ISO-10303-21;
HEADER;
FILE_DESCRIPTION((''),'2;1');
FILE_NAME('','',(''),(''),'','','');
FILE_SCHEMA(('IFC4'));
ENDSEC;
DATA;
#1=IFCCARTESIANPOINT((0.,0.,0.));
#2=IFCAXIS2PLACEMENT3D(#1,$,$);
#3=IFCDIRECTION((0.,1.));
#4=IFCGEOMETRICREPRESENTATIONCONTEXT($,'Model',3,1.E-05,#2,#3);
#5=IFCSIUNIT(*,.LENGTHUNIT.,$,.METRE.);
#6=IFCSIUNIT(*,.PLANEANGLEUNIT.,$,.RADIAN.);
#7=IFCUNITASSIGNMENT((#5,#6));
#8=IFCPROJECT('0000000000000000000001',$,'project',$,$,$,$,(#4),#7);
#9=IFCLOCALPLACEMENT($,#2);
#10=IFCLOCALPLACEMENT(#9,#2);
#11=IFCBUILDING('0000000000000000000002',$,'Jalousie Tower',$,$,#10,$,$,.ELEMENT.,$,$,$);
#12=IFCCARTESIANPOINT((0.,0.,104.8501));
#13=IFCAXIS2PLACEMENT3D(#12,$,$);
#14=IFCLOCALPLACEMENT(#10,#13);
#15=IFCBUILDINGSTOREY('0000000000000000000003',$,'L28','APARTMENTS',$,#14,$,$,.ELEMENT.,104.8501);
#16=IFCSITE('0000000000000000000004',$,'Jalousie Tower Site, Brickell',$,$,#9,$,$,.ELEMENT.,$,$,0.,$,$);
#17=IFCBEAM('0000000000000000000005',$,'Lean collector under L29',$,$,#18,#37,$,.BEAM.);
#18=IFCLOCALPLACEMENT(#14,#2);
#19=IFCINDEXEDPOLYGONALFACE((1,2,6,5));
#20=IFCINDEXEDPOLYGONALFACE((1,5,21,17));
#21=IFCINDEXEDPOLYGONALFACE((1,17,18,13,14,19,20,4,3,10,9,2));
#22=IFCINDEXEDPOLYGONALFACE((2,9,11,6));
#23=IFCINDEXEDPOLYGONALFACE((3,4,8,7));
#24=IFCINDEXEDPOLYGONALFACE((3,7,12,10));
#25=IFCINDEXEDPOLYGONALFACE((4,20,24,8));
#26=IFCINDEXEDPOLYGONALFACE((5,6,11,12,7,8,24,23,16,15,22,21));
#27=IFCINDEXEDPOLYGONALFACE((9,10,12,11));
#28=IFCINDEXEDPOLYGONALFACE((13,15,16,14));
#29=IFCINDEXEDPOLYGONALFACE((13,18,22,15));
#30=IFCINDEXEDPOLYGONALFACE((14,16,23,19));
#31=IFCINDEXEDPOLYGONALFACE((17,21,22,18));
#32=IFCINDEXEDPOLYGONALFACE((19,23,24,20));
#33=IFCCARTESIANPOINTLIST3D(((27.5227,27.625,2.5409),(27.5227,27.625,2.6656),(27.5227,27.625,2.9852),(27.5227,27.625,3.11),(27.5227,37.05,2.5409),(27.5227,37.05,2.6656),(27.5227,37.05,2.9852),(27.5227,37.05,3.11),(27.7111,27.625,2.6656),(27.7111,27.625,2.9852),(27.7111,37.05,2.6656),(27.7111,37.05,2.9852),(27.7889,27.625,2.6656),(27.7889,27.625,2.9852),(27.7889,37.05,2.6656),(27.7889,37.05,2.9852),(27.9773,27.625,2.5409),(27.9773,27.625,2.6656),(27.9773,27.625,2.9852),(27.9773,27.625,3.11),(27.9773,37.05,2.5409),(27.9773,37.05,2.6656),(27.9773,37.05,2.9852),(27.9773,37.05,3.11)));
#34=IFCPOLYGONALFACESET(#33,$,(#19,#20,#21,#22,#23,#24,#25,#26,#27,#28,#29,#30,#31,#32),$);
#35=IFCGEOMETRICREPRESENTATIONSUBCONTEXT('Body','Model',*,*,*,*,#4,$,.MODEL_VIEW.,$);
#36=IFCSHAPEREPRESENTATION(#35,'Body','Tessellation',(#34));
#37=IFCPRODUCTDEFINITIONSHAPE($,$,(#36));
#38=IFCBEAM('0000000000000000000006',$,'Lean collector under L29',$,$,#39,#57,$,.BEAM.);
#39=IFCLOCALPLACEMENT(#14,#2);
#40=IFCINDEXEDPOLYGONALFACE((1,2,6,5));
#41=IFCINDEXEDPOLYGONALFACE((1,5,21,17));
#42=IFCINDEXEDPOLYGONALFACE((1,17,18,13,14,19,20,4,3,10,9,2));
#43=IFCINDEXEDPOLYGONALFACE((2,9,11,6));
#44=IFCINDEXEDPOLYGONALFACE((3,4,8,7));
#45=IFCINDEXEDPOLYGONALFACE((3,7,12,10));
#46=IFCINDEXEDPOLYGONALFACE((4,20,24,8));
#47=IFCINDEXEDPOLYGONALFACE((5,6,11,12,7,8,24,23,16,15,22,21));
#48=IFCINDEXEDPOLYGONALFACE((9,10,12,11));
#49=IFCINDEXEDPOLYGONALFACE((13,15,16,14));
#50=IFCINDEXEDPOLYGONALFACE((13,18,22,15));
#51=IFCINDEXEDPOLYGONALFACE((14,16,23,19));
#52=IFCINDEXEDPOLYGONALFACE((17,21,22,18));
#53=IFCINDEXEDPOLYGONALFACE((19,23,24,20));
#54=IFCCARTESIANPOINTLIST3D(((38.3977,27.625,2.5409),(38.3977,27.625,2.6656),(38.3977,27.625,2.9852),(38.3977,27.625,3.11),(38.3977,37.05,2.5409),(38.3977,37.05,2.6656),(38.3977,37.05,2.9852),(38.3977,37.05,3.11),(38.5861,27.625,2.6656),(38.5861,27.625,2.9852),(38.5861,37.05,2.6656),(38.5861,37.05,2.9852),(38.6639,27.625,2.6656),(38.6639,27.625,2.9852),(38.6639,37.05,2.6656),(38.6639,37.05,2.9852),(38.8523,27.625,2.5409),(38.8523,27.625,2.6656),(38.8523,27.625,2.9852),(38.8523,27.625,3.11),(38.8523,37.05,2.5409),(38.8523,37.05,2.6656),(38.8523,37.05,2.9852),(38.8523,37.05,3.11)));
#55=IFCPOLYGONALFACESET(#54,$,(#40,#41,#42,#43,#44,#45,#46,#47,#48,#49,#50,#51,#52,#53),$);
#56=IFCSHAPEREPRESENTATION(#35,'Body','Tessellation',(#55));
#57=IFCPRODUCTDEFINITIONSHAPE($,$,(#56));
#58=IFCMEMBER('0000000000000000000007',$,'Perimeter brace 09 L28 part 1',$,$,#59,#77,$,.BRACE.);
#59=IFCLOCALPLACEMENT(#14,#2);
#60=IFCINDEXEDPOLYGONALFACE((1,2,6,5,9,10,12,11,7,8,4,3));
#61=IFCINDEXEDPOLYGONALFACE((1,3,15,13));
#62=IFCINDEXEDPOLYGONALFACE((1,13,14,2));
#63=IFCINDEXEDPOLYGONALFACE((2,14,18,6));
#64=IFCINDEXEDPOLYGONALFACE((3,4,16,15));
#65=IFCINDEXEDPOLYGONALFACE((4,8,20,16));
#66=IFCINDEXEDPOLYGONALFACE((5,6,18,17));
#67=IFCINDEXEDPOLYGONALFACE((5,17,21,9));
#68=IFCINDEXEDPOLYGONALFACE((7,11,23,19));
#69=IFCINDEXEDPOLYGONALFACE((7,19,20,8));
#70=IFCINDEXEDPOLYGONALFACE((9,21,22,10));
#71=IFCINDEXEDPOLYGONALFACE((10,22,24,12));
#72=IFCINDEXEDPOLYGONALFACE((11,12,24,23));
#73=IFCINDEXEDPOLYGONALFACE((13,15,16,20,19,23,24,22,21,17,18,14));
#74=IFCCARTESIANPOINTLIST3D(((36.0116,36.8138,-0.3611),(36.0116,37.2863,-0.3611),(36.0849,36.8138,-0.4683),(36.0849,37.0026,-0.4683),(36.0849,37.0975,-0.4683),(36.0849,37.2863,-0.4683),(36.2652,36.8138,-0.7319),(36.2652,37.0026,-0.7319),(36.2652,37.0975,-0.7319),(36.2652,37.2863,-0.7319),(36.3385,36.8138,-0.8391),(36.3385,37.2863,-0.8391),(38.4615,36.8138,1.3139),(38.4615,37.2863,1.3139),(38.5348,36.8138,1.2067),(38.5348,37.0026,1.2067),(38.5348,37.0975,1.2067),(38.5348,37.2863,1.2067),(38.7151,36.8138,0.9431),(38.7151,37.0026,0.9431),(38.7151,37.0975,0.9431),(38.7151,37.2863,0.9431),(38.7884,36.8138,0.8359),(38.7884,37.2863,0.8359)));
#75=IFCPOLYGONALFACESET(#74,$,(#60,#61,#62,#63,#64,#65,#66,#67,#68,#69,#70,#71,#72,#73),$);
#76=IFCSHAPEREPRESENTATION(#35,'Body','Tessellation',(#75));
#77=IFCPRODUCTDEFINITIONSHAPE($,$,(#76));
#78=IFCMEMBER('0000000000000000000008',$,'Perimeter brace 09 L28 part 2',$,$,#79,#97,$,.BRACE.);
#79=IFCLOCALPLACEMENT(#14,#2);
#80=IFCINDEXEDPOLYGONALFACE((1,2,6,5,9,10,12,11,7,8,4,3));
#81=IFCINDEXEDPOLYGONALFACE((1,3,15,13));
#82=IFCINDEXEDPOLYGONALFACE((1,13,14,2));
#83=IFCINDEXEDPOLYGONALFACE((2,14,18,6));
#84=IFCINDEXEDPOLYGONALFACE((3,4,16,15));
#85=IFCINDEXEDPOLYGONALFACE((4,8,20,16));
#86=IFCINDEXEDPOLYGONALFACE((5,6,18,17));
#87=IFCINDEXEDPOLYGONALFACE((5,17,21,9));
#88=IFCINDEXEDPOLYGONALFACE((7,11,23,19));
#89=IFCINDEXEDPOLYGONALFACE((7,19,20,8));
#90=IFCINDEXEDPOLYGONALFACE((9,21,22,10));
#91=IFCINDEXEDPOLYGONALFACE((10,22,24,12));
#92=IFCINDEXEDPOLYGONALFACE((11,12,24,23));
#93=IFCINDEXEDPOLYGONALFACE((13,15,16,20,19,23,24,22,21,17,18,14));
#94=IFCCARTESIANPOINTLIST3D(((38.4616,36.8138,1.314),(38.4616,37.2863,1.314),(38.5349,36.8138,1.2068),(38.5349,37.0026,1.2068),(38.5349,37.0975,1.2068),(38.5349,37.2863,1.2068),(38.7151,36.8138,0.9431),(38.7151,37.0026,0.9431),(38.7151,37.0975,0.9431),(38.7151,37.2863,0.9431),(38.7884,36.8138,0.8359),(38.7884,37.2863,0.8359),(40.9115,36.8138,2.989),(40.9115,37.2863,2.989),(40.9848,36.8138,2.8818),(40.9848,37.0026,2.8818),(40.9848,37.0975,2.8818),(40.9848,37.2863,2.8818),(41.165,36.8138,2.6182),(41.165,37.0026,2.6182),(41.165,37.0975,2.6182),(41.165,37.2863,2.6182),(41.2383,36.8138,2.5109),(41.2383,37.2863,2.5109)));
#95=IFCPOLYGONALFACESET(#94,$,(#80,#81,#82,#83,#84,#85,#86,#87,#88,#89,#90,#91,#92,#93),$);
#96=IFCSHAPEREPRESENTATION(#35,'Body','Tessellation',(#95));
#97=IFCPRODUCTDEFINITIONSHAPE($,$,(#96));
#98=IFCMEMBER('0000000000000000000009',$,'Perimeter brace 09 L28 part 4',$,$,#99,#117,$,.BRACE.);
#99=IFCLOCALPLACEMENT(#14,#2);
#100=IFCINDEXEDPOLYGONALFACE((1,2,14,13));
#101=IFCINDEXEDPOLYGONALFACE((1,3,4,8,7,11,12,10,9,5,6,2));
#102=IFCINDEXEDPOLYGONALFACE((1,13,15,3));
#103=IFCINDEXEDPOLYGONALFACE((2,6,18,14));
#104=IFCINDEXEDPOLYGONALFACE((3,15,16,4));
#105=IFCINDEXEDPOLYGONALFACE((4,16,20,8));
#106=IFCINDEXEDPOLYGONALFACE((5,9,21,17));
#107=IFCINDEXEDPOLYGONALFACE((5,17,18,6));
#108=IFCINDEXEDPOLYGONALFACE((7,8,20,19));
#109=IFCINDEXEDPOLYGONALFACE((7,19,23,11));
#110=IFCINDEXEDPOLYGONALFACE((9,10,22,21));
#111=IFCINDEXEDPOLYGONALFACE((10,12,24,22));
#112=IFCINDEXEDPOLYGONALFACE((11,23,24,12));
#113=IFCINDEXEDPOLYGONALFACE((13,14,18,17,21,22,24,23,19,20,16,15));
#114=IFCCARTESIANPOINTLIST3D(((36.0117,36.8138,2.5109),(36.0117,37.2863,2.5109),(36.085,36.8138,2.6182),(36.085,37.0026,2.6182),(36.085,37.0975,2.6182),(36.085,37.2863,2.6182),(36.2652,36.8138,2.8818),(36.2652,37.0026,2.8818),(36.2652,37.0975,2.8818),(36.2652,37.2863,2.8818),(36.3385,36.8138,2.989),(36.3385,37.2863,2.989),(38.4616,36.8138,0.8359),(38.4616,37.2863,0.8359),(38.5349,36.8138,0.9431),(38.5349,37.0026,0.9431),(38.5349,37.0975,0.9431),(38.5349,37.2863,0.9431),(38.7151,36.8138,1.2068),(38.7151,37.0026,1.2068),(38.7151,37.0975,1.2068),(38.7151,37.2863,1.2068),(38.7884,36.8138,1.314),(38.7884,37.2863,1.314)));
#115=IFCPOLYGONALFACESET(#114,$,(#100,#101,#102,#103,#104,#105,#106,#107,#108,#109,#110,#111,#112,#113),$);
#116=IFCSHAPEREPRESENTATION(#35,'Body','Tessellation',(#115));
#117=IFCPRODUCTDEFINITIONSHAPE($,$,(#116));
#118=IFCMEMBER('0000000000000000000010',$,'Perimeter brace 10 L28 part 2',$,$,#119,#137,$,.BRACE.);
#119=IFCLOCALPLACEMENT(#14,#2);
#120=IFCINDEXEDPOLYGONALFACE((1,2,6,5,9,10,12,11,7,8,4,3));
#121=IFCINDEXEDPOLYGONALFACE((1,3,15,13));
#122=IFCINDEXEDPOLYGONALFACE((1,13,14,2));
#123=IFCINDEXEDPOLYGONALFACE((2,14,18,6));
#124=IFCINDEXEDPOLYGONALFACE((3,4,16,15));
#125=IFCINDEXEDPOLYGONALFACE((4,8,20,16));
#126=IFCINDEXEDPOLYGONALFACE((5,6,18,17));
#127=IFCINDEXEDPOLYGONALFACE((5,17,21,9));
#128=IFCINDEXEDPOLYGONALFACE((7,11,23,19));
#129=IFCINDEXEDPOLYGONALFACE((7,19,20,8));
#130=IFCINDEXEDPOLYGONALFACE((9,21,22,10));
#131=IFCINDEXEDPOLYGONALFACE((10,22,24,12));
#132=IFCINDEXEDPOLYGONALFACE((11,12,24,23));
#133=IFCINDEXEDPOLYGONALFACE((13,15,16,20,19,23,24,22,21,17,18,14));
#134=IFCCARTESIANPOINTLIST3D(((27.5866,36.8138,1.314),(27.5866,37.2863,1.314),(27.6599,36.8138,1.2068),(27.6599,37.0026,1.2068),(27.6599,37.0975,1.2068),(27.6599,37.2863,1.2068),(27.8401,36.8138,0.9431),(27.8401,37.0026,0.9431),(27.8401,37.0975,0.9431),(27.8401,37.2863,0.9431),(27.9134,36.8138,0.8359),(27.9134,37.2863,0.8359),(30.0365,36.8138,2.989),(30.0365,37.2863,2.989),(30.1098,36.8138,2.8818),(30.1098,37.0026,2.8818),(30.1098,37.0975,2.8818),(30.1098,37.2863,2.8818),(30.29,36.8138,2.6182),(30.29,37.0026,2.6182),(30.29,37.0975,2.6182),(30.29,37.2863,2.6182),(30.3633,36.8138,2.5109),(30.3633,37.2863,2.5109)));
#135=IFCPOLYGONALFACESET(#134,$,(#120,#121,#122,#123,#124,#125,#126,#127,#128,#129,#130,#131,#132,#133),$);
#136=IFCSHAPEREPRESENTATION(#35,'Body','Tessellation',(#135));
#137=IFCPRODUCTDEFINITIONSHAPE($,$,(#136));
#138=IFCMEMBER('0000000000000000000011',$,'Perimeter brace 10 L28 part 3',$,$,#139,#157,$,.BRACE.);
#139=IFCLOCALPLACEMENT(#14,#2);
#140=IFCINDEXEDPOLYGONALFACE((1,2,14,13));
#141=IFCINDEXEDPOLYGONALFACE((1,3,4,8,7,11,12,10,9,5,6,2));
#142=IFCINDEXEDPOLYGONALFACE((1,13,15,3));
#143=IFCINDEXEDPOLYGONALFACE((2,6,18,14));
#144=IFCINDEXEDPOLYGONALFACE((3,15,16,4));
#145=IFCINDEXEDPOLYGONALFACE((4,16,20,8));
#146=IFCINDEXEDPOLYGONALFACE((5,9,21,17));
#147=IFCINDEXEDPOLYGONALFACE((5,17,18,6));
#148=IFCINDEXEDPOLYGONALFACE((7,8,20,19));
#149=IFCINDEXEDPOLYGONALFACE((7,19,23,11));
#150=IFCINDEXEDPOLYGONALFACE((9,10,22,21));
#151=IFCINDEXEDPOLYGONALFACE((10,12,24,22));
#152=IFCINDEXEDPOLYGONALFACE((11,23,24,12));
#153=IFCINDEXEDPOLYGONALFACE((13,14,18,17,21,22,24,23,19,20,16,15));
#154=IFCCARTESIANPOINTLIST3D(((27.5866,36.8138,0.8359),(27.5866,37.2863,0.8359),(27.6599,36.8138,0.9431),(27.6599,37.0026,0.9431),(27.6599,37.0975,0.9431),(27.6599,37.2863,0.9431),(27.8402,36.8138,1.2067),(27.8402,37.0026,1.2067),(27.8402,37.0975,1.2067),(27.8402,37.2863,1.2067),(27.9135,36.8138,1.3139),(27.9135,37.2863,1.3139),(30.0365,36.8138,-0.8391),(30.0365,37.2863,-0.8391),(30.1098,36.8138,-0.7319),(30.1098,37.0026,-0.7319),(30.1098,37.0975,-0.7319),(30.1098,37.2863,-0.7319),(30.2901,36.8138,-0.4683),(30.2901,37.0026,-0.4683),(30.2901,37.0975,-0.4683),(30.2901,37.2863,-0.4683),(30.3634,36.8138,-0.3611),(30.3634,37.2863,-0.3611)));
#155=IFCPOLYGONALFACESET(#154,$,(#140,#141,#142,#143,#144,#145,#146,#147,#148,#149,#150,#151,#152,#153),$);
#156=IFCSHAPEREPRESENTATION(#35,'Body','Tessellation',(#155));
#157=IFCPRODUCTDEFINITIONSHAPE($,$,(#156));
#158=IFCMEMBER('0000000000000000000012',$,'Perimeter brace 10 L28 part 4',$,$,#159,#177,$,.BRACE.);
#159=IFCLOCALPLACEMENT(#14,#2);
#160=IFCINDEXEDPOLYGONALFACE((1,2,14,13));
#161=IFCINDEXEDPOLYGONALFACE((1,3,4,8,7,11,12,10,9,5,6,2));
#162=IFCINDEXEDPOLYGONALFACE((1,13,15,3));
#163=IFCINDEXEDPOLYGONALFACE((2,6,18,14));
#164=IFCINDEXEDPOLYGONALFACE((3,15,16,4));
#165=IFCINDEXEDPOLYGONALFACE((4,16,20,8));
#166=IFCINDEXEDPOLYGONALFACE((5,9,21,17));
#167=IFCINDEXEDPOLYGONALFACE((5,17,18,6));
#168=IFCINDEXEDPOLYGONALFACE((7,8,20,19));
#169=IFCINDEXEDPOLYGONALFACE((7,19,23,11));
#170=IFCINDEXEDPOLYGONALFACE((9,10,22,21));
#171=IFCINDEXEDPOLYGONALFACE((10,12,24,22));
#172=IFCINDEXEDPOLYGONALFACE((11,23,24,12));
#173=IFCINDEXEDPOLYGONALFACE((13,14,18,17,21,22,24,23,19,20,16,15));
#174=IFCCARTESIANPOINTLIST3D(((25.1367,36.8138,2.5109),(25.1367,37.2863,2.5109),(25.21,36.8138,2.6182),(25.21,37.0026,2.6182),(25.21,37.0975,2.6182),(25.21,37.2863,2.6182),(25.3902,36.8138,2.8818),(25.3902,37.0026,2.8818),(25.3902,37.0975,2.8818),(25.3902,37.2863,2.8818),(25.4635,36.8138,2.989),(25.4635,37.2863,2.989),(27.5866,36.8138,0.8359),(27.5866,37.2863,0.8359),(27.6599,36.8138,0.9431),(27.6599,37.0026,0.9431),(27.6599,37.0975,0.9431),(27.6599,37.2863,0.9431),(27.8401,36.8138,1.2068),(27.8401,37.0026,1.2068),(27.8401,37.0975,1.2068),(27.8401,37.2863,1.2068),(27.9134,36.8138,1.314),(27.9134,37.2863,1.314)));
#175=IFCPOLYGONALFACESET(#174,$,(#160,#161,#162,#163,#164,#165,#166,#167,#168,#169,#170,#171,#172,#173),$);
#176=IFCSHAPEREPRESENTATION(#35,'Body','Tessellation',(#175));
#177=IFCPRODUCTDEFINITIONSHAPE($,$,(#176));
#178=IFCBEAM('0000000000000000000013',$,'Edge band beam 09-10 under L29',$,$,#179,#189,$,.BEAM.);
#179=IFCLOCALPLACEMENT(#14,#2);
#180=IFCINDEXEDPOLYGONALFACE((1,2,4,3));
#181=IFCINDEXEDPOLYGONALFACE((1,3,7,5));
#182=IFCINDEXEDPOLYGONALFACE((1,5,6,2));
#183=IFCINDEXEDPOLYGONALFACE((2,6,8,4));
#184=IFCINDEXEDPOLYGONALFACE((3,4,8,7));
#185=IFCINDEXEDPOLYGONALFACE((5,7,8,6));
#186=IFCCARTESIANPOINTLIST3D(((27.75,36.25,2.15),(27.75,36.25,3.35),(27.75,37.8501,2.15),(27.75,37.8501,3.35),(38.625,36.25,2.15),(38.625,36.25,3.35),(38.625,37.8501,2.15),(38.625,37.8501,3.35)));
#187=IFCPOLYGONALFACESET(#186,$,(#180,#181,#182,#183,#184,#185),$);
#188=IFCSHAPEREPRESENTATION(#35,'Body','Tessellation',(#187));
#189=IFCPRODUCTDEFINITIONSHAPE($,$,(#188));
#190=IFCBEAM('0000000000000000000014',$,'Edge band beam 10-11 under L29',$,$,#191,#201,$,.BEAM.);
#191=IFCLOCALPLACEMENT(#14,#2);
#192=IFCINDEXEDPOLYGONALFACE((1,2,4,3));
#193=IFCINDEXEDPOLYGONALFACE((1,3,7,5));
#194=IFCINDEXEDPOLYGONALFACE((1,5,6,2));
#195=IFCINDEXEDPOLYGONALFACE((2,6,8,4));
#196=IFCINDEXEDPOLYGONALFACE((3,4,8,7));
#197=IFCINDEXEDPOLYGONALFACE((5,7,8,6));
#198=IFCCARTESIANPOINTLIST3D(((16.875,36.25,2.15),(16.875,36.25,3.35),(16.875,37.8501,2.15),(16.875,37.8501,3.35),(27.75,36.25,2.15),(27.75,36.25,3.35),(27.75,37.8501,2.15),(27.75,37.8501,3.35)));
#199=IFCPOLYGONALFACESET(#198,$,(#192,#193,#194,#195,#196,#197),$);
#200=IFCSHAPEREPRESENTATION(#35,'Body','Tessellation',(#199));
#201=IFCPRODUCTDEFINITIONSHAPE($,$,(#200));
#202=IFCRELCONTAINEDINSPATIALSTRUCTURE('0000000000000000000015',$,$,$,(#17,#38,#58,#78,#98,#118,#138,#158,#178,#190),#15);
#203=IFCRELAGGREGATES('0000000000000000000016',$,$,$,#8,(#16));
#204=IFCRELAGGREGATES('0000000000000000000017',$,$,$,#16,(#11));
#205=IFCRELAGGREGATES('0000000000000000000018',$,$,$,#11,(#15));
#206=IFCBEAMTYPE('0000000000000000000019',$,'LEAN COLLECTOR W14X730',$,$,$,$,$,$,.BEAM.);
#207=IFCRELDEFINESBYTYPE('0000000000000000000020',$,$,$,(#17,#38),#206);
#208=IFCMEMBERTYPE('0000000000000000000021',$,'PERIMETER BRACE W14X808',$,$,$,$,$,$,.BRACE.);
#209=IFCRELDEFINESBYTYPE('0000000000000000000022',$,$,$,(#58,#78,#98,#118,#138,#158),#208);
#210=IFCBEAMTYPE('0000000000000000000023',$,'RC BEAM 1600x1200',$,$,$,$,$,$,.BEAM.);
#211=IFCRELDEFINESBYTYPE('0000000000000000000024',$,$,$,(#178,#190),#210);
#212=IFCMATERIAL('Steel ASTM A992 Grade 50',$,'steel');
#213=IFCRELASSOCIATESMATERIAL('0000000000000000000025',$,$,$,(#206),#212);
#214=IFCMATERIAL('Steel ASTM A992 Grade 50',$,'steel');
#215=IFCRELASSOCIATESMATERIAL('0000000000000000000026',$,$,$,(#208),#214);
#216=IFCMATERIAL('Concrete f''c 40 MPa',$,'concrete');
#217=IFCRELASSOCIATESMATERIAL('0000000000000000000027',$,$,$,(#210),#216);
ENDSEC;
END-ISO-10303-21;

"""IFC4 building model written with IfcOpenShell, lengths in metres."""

from ifc_helpers import new_model, si_unit, direction, frame, origin, origin_2d, place, context, subcontext, project, spatial, rectangle, i_section, extrude, material, material_profile, profile_set, type_object, element, save


model = new_model("IFC4")

# Units and contexts
model_context = context("Model", 3, precision=1e-05, world=origin(), true_north=direction((0.0, 1.0)))
body_context = subcontext(model_context, "Body", "Model", "MODEL_VIEW")
ifc_project = project(units=[si_unit("LENGTHUNIT", "METRE"), si_unit("PLANEANGLEUNIT", "RADIAN")], contexts=[model_context])

# Site, building, storey
site_placement = place(None, origin())
site = spatial("IfcSite", under=ifc_project, at=site_placement, Name="Jalousie Tower Site, Brickell", CompositionType="ELEMENT", RefElevation=0.0)
building_placement = place(site_placement, origin())
building = spatial("IfcBuilding", under=site, at=building_placement, Name="Jalousie Tower", CompositionType="ELEMENT")
storey_placement = place(building_placement, frame((0.0, 0.0, 104.8501)))
storey = spatial("IfcBuildingStorey", under=building, at=storey_placement, Name="L28", Description="APARTMENTS", CompositionType="ELEMENT", Elevation=104.8501)

# Beams
ifc_material_1 = material(Name="Steel ASTM A992 Grade 50", Category="steel")
ifc_material_profile_1 = material_profile(ifc_material_1, i_section(OverallWidth=0.4546, OverallDepth=0.5691, WebThickness=0.0779, FlangeThickness=0.1248, at=origin_2d()), Name="W14X730")
ifc_profile_set_1 = profile_set([ifc_material_profile_1], Name="Steel ASTM A992 Grade 50")
beam_type_1 = type_object("IfcBeamType", Name="LEAN COLLECTOR W14X730", PredefinedType="BEAM", material=ifc_profile_set_1)
for number, where, z_axis, x_axis, name in (
    (1, (27.75, 37.05, 2.8254), (0.0, -1.0, 0.0), (1.0, 0.0, 0.0), "Lean collector under L29"),
    (2, (38.625, 37.05, 2.8254), (0.0, -1.0, 0.0), (1.0, 0.0, 0.0), "Lean collector under L29"),
):
    element("IfcBeam", number, at=place(storey_placement, frame(where, z_axis=z_axis, x_axis=x_axis)), inside=storey, type_object=beam_type_1, Name=name, PredefinedType="BEAM", context=body_context, shape_type="SweptSolid", body=[
        extrude(i_section(OverallWidth=0.4546, OverallDepth=0.5691, WebThickness=0.0779, FlangeThickness=0.1248, at=origin_2d()), origin(), (0.0, 0.0, 1.0), 9.425),
    ])

# Members
ifc_material_2 = material(Name="Steel ASTM A992 Grade 50", Category="steel")
ifc_material_profile_2 = material_profile(ifc_material_2, i_section(OverallWidth=0.4724, OverallDepth=0.5791, WebThickness=0.095, FlangeThickness=0.1299, at=origin_2d()), Name="W14X808")
ifc_profile_set_2 = profile_set([ifc_material_profile_2], Name="Steel ASTM A992 Grade 50")
member_type_1 = type_object("IfcMemberType", Name="PERIMETER BRACE W14X808", PredefinedType="BRACE", material=ifc_profile_set_2)
for number, where, z_axis, x_axis, name in (
    (3, (36.175, 37.05, -0.6001), (0.825501, 0.0, 0.564401), (0.0, 1.0, 0.0), "Perimeter brace 09 L28 part 1"),
    (4, (38.625, 37.05, 1.075), (0.825501, 0.0, 0.564401), (0.0, 1.0, 0.0), "Perimeter brace 09 L28 part 2"),
    (5, (38.625, 37.05, 1.075), (-0.825501, 0.0, 0.564401), (0.0, -1.0, 0.0), "Perimeter brace 09 L28 part 4"),
    (6, (27.75, 37.05, 1.075), (0.825501, 0.0, 0.564401), (0.0, 1.0, 0.0), "Perimeter brace 10 L28 part 2"),
    (7, (30.2, 37.05, -0.6001), (-0.825501, 0.0, 0.564401), (0.0, -1.0, 0.0), "Perimeter brace 10 L28 part 3"),
    (8, (27.75, 37.05, 1.075), (-0.825501, 0.0, 0.564401), (0.0, -1.0, 0.0), "Perimeter brace 10 L28 part 4"),
):
    element("IfcMember", number, at=place(storey_placement, frame(where, z_axis=z_axis, x_axis=x_axis)), inside=storey, type_object=member_type_1, Name=name, PredefinedType="BRACE", context=body_context, shape_type="SweptSolid", body=[
        extrude(i_section(OverallWidth=0.4724, OverallDepth=0.5791, WebThickness=0.095, FlangeThickness=0.1299, at=origin_2d()), origin(), (0.0, 0.0, 1.0), 2.9678),
    ])

# Beams
ifc_material_3 = material(Name="Concrete f'c 40 MPa", Category="concrete")
ifc_material_profile_3 = material_profile(ifc_material_3, rectangle(XDim=1.6001, YDim=1.2, at=origin_2d()), Name="RC 1600x1200")
ifc_profile_set_3 = profile_set([ifc_material_profile_3], Name="Concrete f'c 40 MPa")
beam_type_2 = type_object("IfcBeamType", Name="RC BEAM 1600x1200", PredefinedType="BEAM", material=ifc_profile_set_3)
for number, where, z_axis, x_axis, name in (
    (9, (38.625, 37.05, 2.75), (-1.0, 0.0, 0.0), (0.0, -1.0, 0.0), "Edge band beam 09-10 under L29"),
    (10, (27.75, 37.05, 2.75), (-1.0, 0.0, 0.0), (0.0, -1.0, 0.0), "Edge band beam 10-11 under L29"),
):
    element("IfcBeam", number, at=place(storey_placement, frame(where, z_axis=z_axis, x_axis=x_axis)), inside=storey, type_object=beam_type_2, Name=name, PredefinedType="BEAM", context=body_context, shape_type="SweptSolid", body=[
        extrude(rectangle(XDim=1.6001, YDim=1.2, at=origin_2d()), origin(), (0.0, 0.0, 1.0), 10.875),
    ])

save(model, "model.ifc")
